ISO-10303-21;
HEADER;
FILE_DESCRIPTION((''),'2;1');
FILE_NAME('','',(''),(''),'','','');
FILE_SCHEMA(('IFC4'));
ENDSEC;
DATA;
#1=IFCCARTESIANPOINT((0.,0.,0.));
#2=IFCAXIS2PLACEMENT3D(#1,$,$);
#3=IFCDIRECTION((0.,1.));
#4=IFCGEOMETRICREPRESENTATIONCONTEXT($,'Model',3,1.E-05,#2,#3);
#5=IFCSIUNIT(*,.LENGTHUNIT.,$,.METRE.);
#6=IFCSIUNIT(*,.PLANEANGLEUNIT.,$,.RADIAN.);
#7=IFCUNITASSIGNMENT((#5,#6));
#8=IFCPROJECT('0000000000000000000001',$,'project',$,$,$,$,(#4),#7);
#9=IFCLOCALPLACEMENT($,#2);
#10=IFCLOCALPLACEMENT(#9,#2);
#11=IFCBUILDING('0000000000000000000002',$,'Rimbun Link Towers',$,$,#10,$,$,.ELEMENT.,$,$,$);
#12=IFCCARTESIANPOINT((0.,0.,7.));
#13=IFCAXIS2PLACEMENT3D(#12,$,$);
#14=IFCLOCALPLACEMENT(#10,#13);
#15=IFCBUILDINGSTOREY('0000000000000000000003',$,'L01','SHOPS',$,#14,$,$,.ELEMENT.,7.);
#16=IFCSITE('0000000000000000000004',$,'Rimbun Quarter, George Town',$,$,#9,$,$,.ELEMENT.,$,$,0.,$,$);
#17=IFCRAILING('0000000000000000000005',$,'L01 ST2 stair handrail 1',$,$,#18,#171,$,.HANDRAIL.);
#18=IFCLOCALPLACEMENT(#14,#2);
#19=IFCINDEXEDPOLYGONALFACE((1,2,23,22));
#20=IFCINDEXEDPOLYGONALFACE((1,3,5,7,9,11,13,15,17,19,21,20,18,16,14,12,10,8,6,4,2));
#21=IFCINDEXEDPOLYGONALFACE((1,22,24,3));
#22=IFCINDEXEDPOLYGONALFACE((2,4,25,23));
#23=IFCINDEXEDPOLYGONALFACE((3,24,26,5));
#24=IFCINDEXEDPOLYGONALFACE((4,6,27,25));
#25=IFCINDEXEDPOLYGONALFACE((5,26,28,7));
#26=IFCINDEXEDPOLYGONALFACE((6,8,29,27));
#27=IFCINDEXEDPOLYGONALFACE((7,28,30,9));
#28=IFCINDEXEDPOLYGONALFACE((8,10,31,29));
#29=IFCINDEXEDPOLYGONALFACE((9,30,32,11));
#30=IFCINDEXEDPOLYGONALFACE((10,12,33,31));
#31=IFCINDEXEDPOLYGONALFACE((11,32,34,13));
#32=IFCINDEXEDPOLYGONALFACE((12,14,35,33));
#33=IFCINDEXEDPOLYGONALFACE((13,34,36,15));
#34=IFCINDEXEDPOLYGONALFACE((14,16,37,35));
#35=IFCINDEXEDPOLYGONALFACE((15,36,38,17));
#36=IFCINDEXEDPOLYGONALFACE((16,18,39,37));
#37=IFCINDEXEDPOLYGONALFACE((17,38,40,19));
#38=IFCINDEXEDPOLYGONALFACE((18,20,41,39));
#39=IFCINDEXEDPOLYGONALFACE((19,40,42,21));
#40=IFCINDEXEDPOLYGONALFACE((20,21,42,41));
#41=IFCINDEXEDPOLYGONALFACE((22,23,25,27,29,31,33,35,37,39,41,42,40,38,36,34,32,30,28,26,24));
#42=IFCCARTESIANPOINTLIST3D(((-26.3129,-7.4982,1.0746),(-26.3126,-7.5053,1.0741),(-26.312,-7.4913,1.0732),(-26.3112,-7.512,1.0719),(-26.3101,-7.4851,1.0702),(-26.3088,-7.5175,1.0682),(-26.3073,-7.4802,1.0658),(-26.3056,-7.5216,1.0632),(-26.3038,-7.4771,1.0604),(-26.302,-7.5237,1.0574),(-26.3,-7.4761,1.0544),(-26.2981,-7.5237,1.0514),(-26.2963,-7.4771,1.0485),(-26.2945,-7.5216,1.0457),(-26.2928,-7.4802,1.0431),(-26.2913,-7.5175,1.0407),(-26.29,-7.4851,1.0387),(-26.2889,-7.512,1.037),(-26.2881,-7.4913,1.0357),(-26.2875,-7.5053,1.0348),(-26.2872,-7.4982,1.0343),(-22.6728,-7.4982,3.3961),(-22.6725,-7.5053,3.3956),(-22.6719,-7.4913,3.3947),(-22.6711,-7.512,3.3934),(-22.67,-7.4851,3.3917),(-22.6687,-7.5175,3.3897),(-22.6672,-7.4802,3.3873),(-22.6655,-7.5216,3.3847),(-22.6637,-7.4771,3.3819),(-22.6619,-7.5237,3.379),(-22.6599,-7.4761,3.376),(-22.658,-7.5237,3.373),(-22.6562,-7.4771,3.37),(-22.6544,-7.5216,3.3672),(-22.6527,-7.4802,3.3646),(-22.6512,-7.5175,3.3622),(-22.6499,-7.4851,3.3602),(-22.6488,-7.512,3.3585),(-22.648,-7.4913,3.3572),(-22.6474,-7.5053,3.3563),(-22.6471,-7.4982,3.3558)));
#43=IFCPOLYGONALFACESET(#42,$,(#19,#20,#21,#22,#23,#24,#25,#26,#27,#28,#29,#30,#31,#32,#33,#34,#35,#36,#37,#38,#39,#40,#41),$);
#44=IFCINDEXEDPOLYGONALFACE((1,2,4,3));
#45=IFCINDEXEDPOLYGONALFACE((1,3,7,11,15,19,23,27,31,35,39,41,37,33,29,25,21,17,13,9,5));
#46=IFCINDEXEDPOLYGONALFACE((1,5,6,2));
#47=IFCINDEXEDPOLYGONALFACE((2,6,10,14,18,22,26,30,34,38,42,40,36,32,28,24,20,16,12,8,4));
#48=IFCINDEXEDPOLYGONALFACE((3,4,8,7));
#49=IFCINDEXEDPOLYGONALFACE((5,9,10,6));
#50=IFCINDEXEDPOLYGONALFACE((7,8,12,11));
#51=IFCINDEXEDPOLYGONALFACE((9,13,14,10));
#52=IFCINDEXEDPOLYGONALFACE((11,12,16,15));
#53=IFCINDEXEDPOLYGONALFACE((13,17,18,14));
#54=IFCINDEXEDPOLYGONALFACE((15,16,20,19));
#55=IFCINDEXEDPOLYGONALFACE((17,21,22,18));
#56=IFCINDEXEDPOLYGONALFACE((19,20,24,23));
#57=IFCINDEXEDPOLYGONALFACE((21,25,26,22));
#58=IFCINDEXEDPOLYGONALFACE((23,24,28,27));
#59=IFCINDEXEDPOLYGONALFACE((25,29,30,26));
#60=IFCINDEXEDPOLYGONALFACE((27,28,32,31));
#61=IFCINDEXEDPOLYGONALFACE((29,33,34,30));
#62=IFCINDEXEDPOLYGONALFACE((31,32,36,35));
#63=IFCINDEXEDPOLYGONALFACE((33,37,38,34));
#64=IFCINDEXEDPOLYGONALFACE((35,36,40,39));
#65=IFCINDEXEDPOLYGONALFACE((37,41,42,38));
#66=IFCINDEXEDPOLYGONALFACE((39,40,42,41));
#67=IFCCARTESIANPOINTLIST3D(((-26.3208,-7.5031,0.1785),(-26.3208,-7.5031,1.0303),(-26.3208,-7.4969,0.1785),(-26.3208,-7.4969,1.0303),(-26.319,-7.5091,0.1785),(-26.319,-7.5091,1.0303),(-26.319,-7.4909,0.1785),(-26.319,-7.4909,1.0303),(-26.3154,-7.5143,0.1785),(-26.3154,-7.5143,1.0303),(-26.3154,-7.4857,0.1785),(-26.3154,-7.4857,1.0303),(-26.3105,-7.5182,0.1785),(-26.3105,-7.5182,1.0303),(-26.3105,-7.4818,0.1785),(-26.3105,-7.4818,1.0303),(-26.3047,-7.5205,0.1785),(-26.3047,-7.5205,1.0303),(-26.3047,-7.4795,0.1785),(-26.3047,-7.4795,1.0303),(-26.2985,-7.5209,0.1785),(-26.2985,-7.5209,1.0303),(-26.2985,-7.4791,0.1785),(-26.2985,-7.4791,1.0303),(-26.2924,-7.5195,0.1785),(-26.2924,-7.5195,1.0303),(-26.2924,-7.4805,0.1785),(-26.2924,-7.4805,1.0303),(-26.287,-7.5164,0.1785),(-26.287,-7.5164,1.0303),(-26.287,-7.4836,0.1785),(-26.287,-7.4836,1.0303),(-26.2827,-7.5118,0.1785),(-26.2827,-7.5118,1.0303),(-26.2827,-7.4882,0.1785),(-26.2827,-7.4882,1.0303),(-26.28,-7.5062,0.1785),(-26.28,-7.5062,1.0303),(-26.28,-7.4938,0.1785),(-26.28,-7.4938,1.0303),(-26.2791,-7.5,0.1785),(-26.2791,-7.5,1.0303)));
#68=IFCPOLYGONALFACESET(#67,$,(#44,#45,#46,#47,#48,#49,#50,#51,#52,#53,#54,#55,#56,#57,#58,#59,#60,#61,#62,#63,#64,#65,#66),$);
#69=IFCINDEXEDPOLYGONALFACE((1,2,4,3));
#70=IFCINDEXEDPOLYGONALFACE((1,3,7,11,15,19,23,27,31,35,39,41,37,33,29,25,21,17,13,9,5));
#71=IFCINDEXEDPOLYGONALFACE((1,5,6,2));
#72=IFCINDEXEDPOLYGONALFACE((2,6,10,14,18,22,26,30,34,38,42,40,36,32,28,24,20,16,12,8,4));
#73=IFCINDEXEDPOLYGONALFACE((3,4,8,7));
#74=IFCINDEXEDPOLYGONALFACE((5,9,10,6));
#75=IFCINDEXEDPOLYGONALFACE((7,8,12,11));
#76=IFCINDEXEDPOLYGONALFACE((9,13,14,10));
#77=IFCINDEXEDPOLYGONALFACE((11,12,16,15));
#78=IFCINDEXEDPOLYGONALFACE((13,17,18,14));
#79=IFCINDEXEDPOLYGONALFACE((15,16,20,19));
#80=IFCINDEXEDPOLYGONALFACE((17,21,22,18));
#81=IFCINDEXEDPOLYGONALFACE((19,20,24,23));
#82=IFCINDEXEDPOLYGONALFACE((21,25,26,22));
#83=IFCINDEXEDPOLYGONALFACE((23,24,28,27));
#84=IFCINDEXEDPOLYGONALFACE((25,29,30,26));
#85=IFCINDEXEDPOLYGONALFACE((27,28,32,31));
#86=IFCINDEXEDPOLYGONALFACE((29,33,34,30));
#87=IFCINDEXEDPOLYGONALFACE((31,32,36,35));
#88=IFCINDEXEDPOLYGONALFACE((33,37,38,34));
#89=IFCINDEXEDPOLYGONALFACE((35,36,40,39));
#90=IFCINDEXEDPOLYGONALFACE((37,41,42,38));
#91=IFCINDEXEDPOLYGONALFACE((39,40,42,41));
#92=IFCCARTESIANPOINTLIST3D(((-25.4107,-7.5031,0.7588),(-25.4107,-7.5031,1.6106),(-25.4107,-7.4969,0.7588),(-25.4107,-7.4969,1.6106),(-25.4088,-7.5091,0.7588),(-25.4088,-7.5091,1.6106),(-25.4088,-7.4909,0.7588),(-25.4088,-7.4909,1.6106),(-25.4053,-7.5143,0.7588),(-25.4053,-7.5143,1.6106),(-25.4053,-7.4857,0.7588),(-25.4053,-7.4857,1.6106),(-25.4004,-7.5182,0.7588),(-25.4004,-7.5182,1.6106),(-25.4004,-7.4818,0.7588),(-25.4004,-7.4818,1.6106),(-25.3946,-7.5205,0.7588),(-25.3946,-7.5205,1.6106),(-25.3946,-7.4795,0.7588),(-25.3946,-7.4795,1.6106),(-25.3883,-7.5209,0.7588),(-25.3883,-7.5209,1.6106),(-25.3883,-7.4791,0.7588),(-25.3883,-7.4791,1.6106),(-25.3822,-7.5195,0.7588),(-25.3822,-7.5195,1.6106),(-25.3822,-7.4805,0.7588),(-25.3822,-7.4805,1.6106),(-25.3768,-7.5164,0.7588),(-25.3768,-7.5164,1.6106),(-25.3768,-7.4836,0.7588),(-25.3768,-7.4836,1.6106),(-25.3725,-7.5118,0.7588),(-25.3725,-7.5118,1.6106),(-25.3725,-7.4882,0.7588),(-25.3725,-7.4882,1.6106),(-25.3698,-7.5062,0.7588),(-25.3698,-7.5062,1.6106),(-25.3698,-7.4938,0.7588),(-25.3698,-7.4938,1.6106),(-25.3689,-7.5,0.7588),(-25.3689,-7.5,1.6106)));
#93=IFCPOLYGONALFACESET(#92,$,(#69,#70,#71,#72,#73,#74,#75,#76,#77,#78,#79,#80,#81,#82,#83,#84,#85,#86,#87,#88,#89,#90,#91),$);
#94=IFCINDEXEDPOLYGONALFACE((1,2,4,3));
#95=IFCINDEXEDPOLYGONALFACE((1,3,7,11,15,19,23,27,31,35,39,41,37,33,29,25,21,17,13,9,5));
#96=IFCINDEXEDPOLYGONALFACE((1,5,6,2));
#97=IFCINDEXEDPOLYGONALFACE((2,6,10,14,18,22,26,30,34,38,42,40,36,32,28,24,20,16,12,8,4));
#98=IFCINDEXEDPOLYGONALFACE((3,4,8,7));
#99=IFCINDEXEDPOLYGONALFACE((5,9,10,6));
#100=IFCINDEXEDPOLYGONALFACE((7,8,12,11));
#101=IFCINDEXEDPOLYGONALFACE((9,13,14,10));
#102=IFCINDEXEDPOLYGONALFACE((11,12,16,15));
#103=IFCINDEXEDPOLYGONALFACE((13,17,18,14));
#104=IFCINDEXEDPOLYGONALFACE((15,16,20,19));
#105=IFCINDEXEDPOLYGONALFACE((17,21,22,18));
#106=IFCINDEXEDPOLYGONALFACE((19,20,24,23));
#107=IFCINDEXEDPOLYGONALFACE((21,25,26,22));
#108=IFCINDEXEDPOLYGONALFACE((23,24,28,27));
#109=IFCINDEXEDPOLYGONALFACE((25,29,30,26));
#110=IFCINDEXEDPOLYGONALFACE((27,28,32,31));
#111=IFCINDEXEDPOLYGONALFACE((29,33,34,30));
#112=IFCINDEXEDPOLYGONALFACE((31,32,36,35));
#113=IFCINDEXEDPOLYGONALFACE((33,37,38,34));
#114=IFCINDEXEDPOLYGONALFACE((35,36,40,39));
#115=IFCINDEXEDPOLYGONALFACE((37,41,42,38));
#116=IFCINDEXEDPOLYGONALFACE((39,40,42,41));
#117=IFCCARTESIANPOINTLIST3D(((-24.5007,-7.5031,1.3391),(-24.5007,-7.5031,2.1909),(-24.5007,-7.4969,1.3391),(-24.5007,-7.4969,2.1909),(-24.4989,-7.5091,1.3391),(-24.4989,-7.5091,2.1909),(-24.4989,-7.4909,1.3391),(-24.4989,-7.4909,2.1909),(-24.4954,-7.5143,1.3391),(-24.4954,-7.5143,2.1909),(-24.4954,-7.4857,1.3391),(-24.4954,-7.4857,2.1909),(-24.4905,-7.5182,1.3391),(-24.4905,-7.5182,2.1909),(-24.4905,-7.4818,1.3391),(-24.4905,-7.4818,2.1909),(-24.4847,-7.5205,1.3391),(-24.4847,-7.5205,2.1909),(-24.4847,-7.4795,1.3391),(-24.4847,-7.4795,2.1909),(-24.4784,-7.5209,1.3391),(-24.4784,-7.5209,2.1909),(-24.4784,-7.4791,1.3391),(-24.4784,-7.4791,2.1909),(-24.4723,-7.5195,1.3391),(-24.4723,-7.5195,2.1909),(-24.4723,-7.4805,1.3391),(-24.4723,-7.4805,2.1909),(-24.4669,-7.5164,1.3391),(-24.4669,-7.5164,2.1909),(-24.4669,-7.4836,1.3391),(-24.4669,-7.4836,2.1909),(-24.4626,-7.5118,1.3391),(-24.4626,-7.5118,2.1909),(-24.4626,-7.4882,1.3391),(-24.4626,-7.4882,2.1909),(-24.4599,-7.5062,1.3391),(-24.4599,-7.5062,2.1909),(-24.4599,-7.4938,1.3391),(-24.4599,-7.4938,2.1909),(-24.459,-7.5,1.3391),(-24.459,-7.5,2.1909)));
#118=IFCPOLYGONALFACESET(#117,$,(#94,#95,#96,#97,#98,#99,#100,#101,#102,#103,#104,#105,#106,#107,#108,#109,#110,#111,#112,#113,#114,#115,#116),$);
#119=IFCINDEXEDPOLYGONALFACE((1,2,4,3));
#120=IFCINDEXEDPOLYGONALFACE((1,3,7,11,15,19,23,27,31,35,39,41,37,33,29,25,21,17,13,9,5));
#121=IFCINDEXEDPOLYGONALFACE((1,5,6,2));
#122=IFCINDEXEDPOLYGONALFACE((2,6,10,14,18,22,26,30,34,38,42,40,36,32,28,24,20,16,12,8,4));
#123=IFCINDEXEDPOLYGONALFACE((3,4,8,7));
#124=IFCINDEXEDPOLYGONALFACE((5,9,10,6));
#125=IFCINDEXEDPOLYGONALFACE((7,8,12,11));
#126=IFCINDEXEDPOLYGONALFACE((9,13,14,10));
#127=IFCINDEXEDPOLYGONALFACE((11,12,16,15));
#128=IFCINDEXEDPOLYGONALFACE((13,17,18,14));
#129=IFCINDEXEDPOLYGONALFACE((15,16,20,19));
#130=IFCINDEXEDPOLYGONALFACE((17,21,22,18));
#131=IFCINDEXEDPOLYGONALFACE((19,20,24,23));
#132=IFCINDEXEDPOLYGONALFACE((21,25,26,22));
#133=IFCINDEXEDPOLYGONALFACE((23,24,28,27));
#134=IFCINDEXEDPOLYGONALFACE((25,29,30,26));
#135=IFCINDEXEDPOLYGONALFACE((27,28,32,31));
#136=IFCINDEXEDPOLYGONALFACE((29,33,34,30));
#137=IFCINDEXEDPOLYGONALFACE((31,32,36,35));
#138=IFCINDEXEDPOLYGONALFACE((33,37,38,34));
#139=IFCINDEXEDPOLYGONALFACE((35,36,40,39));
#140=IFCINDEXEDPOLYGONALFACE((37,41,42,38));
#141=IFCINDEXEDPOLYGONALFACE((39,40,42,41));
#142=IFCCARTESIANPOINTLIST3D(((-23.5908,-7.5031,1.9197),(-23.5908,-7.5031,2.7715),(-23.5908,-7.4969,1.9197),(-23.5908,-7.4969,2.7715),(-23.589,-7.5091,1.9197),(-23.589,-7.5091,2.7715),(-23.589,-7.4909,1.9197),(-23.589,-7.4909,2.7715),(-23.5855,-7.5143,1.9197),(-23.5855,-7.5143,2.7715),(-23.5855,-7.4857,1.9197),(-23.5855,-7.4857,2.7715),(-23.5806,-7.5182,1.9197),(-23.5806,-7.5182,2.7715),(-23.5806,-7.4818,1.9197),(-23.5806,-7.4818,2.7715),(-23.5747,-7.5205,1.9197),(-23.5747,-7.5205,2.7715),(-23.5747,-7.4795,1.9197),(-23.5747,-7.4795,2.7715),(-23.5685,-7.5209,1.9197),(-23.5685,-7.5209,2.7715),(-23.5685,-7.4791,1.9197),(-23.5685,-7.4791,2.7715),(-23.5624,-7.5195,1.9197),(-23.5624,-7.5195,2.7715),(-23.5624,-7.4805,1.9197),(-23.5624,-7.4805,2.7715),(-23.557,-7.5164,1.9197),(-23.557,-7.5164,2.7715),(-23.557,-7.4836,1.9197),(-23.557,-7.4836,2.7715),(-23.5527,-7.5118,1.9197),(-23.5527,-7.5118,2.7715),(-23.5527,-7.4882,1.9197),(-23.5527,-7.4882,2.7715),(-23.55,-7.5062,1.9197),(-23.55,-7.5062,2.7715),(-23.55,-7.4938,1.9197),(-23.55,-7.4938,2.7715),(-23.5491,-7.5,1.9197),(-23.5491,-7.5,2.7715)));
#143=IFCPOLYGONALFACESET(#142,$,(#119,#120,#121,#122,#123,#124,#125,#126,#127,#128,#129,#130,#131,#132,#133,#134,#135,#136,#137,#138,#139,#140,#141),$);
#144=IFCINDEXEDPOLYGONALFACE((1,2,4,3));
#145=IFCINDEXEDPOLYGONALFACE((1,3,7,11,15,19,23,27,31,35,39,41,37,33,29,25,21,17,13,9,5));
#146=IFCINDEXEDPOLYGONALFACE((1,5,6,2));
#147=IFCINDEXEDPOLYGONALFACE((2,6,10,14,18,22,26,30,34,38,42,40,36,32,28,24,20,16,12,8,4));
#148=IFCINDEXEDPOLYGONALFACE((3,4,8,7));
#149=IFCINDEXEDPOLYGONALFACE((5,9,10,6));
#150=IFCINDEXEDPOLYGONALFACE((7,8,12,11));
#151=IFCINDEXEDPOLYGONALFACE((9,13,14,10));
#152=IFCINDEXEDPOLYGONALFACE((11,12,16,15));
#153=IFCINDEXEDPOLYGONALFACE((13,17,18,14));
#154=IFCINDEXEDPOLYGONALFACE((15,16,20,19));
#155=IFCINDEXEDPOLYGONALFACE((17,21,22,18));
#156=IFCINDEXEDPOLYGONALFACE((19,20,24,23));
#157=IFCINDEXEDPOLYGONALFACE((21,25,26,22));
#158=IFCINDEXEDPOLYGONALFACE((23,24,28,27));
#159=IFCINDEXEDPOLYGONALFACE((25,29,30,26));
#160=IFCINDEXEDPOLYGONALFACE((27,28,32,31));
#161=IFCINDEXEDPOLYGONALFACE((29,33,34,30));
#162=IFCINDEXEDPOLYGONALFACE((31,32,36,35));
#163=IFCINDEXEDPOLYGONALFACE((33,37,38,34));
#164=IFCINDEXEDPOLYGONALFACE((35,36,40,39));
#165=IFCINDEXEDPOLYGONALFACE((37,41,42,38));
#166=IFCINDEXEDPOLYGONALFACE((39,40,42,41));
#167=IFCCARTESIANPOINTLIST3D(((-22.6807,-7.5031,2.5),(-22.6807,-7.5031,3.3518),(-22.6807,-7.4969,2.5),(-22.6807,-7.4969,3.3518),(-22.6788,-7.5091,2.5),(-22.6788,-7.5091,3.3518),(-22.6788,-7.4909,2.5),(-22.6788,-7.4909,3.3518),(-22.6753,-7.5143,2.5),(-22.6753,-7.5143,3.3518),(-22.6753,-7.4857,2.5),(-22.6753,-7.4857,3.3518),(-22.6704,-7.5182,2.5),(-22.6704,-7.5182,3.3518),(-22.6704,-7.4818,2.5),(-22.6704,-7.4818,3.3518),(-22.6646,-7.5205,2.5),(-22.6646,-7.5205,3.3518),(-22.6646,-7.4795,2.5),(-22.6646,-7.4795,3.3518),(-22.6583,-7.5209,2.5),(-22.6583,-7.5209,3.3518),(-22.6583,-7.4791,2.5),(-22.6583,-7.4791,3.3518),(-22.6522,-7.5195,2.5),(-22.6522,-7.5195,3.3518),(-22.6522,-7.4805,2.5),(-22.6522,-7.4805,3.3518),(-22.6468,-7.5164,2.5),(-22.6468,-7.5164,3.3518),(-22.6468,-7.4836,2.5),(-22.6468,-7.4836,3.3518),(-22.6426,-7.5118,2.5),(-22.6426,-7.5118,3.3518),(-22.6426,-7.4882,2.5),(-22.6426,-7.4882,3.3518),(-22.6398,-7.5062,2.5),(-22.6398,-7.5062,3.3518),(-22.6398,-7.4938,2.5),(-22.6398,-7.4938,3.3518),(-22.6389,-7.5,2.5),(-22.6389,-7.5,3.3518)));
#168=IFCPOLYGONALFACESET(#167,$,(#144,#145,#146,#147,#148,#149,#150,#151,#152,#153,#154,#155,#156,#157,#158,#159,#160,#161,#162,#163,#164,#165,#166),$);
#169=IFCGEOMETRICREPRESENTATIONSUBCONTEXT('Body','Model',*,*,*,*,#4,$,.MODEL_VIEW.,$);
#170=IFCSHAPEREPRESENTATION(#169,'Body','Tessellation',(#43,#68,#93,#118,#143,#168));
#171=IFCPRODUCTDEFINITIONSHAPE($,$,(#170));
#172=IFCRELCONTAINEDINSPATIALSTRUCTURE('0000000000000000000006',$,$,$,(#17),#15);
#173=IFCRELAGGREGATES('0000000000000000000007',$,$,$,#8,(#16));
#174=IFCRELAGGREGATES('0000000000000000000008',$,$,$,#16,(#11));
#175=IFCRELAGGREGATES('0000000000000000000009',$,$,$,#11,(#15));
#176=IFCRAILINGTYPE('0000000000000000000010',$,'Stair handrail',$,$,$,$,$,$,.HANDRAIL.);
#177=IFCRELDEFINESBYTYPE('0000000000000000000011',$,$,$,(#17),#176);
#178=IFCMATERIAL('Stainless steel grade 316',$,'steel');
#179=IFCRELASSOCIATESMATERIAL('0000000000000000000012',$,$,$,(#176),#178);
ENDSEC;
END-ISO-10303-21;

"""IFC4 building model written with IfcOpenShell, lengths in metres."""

from ifc_helpers import new_model, si_unit, direction, frame, origin, origin_2d, place, context, subcontext, project, spatial, circle, extrude, material, type_object, element, save


model = new_model("IFC4")

# Units and contexts
model_context = context("Model", 3, precision=1e-05, world=origin(), true_north=direction((0.0, 1.0)))
body_context = subcontext(model_context, "Body", "Model", "MODEL_VIEW")
ifc_project = project(units=[si_unit("LENGTHUNIT", "METRE"), si_unit("PLANEANGLEUNIT", "RADIAN")], contexts=[model_context])

# Site, building, storey
site_placement = place(None, origin())
site = spatial("IfcSite", under=ifc_project, at=site_placement, Name="Rimbun Quarter, George Town", CompositionType="ELEMENT", RefElevation=0.0)
building_placement = place(site_placement, origin())
building = spatial("IfcBuilding", under=site, at=building_placement, Name="Rimbun Link Towers", CompositionType="ELEMENT")
storey_placement = place(building_placement, frame((0.0, 0.0, 7.0)))
storey = spatial("IfcBuildingStorey", under=building, at=storey_placement, Name="L01", Description="SHOPS", CompositionType="ELEMENT", Elevation=7.0)

# Railing
ifc_material_1 = material(Name="Stainless steel grade 316", Category="steel")
railing_type_1 = type_object("IfcRailingType", Name="Stair handrail", PredefinedType="HANDRAIL", material=ifc_material_1)
railing_1_placement = place(storey_placement, frame((-26.3, -7.5, 0.1785)))
element("IfcRailing", 1, at=railing_1_placement, inside=storey, type_object=railing_type_1, Name="L01 ST2 stair handrail 1", PredefinedType="HANDRAIL", context=body_context, shape_type="SweptSolid", body=[
    extrude(circle(Radius=0.0239, at=origin_2d()), frame((0.0, 0.0, 0.876), z_axis=(0.843128, 0.0, 0.537713), x_axis=(0.0, 1.0, 0.0)), (0.0, 0.0, 1.0), 4.3174),
    extrude(circle(Radius=0.021, at=origin_2d()), origin(), (0.0, 0.0, 1.0), 0.8518),
    extrude(circle(Radius=0.021, at=origin_2d()), frame((0.9102, 0.0, 0.5803)), (0.0, 0.0, 1.0), 0.8518),
    extrude(circle(Radius=0.021, at=origin_2d()), frame((1.8201, 0.0, 1.1606)), (0.0, 0.0, 1.0), 0.8518),
    extrude(circle(Radius=0.021, at=origin_2d()), frame((2.73, 0.0, 1.7412)), (0.0, 0.0, 1.0), 0.8518),
    extrude(circle(Radius=0.021, at=origin_2d()), frame((3.6401, 0.0, 2.3215)), (0.0, 0.0, 1.0), 0.8518),
])

save(model, "model.ifc")
